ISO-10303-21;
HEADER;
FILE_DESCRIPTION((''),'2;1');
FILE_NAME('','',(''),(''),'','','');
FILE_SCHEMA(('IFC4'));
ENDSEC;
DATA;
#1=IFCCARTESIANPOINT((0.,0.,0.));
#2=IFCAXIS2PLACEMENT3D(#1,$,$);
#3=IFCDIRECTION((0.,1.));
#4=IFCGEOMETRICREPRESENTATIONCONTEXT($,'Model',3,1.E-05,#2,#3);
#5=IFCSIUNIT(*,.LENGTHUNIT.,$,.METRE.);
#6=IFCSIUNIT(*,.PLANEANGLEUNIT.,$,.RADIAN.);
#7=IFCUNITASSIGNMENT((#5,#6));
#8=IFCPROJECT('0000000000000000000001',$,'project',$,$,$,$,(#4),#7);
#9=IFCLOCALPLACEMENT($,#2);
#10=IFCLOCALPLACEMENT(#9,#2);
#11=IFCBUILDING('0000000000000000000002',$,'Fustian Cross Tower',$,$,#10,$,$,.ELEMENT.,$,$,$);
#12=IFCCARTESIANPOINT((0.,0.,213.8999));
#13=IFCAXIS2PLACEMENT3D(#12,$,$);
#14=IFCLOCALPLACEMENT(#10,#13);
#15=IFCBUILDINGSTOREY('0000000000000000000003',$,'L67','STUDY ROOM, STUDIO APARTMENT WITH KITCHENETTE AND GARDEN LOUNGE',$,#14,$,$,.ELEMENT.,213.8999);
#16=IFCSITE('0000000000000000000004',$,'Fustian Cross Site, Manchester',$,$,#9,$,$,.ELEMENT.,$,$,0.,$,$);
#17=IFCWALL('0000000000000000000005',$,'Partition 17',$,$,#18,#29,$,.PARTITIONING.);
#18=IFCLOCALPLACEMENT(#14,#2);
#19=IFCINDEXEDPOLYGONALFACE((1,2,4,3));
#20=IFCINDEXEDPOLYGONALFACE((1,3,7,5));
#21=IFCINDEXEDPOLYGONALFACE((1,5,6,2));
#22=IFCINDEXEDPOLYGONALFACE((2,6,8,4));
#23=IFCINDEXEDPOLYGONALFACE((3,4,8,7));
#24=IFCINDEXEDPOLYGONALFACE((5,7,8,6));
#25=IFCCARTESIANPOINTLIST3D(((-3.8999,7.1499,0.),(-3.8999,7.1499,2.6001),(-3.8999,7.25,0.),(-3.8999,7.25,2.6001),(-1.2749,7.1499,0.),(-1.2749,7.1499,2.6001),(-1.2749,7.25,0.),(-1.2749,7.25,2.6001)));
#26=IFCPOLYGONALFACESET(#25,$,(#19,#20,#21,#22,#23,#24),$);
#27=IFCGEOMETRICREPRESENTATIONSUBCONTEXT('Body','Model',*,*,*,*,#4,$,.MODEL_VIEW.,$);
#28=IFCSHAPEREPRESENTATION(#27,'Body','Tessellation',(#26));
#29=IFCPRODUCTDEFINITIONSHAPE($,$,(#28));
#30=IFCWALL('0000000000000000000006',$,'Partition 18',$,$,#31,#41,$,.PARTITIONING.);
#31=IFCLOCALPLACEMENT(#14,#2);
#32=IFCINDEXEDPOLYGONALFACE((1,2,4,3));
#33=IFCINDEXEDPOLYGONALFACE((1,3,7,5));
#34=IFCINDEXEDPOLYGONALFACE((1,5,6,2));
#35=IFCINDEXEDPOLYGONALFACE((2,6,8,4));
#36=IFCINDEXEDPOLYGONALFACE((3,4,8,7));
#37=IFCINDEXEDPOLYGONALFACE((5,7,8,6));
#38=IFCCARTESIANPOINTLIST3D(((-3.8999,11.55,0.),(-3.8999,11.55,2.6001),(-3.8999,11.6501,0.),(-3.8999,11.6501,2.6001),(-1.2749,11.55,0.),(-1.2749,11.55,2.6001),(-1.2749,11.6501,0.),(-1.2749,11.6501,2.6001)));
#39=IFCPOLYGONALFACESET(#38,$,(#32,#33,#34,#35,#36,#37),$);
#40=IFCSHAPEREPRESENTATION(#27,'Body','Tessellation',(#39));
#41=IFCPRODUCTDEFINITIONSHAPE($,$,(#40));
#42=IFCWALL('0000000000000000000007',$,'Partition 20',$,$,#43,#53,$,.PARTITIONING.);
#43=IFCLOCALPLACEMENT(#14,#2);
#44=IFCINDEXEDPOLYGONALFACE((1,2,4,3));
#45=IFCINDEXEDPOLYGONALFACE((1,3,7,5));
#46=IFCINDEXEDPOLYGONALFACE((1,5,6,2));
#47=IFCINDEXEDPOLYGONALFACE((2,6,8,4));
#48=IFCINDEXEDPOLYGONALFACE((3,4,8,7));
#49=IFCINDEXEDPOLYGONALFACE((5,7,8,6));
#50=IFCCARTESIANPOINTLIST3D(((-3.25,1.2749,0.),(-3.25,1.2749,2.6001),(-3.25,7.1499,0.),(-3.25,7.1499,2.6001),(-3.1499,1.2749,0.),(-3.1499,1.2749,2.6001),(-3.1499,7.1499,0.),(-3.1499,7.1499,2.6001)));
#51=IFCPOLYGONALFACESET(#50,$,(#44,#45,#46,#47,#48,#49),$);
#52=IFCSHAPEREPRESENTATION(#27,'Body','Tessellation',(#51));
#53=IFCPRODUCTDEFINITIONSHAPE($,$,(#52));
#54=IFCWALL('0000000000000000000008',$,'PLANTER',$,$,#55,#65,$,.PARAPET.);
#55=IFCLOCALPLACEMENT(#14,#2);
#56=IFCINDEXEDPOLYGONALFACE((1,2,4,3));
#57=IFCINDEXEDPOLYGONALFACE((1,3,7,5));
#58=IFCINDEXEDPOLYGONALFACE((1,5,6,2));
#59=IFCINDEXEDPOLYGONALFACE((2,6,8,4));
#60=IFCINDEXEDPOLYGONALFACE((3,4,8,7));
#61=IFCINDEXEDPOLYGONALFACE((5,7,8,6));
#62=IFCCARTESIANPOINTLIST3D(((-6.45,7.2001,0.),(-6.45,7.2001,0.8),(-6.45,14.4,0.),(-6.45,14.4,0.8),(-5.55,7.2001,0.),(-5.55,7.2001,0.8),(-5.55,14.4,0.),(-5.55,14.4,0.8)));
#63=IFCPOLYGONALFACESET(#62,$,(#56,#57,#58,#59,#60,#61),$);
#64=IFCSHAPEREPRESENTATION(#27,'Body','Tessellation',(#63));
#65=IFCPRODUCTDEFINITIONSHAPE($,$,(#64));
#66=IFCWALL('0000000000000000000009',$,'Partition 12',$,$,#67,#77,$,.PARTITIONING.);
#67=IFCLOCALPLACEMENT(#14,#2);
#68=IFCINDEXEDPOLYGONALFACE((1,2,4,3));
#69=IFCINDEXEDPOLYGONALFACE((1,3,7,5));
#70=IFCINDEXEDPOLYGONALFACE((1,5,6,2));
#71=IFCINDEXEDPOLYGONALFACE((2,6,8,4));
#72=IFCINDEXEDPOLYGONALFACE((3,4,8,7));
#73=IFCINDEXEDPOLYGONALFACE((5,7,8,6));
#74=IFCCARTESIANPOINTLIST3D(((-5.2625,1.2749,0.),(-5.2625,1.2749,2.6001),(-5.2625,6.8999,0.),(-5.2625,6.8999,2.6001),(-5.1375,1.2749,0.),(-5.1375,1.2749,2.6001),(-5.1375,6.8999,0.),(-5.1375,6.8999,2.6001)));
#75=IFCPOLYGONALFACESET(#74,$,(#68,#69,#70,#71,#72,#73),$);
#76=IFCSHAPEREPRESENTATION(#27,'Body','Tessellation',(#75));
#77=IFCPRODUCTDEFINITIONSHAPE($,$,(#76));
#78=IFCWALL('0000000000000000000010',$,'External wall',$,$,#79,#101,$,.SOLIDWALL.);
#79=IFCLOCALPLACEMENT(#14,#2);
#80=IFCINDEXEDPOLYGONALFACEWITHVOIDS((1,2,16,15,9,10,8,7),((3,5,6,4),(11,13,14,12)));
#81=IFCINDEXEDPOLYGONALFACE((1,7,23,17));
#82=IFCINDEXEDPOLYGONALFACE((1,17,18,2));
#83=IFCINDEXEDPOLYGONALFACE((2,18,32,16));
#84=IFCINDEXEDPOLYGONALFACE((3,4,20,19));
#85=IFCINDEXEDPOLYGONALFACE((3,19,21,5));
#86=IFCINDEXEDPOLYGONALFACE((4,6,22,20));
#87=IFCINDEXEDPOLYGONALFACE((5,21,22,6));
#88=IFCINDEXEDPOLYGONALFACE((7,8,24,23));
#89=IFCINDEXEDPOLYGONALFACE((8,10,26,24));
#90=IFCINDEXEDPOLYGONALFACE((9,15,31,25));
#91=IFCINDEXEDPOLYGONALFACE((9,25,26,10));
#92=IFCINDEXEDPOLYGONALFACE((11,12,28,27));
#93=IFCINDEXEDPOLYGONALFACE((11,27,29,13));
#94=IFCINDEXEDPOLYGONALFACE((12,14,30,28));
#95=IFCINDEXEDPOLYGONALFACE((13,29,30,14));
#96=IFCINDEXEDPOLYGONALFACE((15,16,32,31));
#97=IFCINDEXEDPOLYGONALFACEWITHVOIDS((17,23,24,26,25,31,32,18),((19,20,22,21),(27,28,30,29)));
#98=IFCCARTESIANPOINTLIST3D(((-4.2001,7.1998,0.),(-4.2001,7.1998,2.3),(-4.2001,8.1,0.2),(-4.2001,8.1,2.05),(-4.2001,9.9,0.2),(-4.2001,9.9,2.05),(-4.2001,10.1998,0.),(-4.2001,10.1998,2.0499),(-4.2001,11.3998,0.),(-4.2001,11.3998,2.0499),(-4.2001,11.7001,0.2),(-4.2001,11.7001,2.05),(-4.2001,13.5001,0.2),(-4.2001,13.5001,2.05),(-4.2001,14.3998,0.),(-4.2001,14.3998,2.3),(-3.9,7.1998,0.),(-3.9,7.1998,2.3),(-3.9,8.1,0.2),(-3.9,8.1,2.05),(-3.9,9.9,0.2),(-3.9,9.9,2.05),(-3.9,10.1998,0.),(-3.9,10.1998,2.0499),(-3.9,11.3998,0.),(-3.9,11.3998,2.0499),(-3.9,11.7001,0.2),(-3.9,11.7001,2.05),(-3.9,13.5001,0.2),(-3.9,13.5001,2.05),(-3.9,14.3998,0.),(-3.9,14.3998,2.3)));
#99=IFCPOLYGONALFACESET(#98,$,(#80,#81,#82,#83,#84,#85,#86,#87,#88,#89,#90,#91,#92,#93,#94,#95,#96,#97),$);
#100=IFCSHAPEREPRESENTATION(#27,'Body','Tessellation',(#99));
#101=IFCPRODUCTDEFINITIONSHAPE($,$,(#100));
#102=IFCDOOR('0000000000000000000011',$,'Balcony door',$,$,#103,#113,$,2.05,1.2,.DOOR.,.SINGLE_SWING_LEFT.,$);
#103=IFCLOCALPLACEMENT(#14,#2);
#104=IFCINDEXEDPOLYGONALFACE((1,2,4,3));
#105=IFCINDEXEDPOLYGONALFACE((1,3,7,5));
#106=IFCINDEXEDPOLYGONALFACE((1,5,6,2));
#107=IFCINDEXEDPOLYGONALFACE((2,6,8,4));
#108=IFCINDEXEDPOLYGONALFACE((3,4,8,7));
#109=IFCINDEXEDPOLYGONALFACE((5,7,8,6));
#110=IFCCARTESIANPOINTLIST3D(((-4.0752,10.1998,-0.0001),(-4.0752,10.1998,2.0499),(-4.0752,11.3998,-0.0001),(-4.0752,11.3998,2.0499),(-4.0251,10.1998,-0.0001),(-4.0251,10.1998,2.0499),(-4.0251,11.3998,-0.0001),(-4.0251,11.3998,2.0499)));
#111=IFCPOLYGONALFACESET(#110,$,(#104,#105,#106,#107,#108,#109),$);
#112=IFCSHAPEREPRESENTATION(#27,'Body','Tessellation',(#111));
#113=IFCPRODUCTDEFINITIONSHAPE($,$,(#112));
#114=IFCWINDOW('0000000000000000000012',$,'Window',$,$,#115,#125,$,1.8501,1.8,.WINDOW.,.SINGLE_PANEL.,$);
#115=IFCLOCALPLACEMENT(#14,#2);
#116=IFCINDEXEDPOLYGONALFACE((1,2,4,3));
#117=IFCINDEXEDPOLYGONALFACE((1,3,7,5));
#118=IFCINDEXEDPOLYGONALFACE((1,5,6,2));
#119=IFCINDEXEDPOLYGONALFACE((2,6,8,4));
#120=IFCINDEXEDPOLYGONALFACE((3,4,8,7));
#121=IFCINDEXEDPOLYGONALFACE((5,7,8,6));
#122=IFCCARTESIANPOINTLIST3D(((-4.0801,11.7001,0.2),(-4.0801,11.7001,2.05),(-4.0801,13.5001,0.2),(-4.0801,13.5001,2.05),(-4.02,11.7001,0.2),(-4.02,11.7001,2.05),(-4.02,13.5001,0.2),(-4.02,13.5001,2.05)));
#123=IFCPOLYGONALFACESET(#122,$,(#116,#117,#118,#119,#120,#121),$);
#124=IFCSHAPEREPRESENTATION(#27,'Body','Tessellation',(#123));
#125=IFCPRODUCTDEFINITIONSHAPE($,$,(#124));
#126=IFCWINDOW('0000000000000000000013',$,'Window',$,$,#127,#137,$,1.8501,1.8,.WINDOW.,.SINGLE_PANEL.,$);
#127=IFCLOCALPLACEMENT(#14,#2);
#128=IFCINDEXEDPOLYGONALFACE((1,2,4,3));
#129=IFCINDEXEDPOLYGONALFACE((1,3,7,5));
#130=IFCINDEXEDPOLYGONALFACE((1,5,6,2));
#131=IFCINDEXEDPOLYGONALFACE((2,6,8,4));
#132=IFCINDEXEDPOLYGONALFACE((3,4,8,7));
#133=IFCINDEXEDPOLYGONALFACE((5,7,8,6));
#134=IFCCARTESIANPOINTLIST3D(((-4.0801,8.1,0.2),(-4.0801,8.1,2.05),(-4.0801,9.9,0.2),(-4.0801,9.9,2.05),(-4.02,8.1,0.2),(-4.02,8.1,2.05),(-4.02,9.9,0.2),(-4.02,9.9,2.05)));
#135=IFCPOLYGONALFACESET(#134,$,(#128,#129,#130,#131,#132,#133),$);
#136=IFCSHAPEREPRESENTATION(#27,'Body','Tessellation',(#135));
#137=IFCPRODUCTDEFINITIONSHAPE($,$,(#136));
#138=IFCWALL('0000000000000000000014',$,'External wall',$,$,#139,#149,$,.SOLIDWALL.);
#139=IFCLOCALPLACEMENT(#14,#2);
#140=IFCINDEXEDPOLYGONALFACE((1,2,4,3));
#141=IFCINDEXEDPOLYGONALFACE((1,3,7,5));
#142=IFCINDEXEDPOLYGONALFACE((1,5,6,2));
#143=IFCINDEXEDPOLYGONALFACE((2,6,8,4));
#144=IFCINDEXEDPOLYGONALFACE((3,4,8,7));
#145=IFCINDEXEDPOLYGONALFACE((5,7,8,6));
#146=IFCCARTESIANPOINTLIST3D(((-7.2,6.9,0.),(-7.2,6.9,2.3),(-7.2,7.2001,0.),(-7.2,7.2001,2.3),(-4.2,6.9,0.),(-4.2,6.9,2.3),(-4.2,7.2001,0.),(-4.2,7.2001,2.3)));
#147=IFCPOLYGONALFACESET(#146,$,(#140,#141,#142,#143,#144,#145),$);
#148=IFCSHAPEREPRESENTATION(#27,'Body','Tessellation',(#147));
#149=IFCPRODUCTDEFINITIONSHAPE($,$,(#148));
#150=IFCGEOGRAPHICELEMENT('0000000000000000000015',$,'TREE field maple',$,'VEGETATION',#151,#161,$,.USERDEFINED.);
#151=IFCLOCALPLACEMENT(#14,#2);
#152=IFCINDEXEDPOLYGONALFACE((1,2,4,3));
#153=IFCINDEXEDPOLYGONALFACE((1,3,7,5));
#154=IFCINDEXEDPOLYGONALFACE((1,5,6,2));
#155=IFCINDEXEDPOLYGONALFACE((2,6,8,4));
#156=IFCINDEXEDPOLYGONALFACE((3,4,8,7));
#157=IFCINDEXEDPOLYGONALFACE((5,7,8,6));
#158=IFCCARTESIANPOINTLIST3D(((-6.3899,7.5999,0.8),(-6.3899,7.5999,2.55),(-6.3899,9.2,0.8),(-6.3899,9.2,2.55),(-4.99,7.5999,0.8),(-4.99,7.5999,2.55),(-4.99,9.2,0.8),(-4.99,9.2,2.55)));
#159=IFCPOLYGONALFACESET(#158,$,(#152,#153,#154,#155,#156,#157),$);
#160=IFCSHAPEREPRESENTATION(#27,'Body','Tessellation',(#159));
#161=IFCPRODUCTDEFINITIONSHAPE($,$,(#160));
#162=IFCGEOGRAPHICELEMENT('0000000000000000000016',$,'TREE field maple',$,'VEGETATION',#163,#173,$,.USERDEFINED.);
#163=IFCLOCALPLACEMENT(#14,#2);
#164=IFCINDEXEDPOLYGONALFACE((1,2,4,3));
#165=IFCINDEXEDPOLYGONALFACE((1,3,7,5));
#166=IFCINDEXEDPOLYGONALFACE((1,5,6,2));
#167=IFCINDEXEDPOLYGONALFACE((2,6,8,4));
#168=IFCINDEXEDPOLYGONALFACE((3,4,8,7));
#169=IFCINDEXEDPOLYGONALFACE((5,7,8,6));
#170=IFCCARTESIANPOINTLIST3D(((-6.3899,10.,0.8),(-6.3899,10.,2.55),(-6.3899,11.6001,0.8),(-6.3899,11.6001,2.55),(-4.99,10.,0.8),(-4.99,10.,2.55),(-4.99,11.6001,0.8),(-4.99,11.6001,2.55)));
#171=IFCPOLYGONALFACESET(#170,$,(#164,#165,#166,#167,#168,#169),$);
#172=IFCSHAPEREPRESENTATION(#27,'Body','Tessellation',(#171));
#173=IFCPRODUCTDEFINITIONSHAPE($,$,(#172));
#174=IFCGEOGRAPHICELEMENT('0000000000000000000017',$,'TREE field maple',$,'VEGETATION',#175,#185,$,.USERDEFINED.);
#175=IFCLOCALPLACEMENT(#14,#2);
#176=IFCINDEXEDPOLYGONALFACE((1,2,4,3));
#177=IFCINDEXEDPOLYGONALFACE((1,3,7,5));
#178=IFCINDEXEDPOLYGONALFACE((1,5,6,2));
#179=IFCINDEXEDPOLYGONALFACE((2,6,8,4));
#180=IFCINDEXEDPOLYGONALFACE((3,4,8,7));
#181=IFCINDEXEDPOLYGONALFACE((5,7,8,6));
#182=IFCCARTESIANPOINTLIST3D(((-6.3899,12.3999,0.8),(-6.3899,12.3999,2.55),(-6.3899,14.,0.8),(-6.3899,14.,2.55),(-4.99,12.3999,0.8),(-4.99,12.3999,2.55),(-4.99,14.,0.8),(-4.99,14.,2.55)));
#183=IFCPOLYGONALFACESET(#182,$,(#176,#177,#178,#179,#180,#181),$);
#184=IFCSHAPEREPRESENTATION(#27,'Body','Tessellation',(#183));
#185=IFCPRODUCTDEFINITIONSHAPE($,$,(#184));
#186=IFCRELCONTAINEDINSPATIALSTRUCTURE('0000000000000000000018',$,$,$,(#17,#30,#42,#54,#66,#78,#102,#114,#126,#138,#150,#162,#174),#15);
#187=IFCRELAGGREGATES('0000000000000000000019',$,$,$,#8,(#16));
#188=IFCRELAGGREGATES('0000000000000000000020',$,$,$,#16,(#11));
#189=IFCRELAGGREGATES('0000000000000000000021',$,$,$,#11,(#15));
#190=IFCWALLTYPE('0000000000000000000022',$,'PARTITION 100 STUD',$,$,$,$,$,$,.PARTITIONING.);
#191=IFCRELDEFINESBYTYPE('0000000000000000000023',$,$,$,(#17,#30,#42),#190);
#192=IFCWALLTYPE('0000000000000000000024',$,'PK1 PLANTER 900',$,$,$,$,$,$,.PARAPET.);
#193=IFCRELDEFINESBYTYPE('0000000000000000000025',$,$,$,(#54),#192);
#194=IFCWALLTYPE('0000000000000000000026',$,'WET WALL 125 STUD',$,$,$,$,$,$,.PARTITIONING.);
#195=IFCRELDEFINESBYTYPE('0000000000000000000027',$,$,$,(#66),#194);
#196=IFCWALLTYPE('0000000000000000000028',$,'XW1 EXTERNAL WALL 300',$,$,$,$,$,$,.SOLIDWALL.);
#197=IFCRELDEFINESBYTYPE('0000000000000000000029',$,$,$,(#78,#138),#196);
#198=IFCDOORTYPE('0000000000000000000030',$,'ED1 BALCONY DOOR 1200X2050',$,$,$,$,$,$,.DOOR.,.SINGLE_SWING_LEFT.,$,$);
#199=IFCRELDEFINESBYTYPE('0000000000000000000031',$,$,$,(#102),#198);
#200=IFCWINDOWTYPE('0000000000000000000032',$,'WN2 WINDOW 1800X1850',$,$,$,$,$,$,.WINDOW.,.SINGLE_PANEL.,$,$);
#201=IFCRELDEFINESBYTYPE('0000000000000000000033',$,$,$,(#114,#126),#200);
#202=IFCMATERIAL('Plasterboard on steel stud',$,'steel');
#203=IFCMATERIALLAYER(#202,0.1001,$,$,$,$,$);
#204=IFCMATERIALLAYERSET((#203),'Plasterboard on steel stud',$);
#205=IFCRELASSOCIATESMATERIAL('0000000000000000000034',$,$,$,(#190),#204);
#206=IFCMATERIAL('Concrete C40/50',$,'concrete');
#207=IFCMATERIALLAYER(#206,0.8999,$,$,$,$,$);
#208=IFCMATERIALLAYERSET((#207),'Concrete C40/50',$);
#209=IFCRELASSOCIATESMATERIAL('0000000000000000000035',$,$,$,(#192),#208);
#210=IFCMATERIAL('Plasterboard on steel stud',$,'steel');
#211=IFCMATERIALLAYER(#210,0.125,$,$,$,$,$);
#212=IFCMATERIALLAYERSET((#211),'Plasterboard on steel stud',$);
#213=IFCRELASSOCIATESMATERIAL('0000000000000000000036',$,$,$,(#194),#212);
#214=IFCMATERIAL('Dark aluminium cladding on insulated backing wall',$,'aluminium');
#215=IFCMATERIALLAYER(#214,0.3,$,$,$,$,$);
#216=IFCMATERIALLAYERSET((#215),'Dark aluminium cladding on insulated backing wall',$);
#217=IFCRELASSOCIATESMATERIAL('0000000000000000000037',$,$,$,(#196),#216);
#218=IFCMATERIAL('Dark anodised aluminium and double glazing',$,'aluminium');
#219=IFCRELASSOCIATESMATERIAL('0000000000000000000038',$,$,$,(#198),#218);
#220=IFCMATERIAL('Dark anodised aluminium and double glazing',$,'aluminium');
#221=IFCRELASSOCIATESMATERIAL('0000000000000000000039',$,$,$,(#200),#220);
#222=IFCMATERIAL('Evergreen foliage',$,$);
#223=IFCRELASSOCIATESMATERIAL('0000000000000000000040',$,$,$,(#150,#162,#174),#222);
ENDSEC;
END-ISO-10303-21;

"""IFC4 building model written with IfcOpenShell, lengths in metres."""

from ifc_helpers import new_model, si_unit, direction, frame, frame_2d, origin, origin_2d, place, context, subcontext, project, spatial, rectangle, extrude, material, layer, layer_set, type_object, element, fill, save


model = new_model("IFC4")

# Units and contexts
model_context = context("Model", 3, precision=1e-05, world=origin(), true_north=direction((0.0, 1.0)))
body_context = subcontext(model_context, "Body", "Model", "MODEL_VIEW")
ifc_project = project(units=[si_unit("LENGTHUNIT", "METRE"), si_unit("PLANEANGLEUNIT", "RADIAN")], contexts=[model_context])

# Site, building, storey
site_placement = place(None, origin())
site = spatial("IfcSite", under=ifc_project, at=site_placement, Name="Fustian Cross Site, Manchester", CompositionType="ELEMENT", RefElevation=0.0)
building_placement = place(site_placement, origin())
building = spatial("IfcBuilding", under=site, at=building_placement, Name="Fustian Cross Tower", CompositionType="ELEMENT")
storey_placement = place(building_placement, frame((0.0, 0.0, 213.8999)))
storey = spatial("IfcBuildingStorey", under=building, at=storey_placement, Name="L67", Description="STUDY ROOM, STUDIO APARTMENT WITH KITCHENETTE AND GARDEN LOUNGE", CompositionType="ELEMENT", Elevation=213.8999)

# Walls
ifc_material_1 = material(Name="Plasterboard on steel stud", Category="steel")
ifc_layer_1 = layer(ifc_material_1, 0.1001)
ifc_layer_set_1 = layer_set([ifc_layer_1], Name="Plasterboard on steel stud")
wall_type_1 = type_object("IfcWallType", Name="PARTITION 100 STUD", PredefinedType="PARTITIONING", material=ifc_layer_set_1)
for number, where, z_axis, x_axis, name in (
    (1, (-3.8999, 7.2, 0.0), (0.0, 0.0, 1.0), (1.0, 0.0, 0.0), "Partition 17"),
    (2, (-3.8999, 11.6001, 0.0), (0.0, 0.0, 1.0), (1.0, 0.0, 0.0), "Partition 18"),
):
    element("IfcWall", number, at=place(storey_placement, frame(where, z_axis=z_axis, x_axis=x_axis)), inside=storey, type_object=wall_type_1, Name=name, PredefinedType="PARTITIONING", context=body_context, shape_type="SweptSolid", body=[
        extrude(rectangle(XDim=2.625, YDim=0.1001, at=frame_2d((1.3125, 0.0))), origin(), (0.0, 0.0, 1.0), 2.6001),
    ])
wall_1_placement = place(storey_placement, frame((-3.2, 1.2749, 0.0), z_axis=(0.0, 0.0, 1.0), x_axis=(0.0, 1.0, 0.0)))
element("IfcWall", 3, at=wall_1_placement, inside=storey, type_object=wall_type_1, Name="Partition 20", PredefinedType="PARTITIONING", context=body_context, shape_type="SweptSolid", body=[
    extrude(rectangle(XDim=5.875, YDim=0.1001, at=frame_2d((2.9375, 0.0))), origin(), (0.0, 0.0, 1.0), 2.6001),
])
ifc_material_2 = material(Name="Concrete C40/50", Category="concrete")
ifc_layer_2 = layer(ifc_material_2, 0.8999)
ifc_layer_set_2 = layer_set([ifc_layer_2], Name="Concrete C40/50")
wall_type_2 = type_object("IfcWallType", Name="PK1 PLANTER 900", PredefinedType="PARAPET", material=ifc_layer_set_2)
wall_2_placement = place(storey_placement, frame((-6.0, 7.2, 0.0), z_axis=(0.0, 0.0, 1.0), x_axis=(0.0, 1.0, 0.0)))
element("IfcWall", 4, at=wall_2_placement, inside=storey, type_object=wall_type_2, Name="PLANTER", PredefinedType="PARAPET", context=body_context, shape_type="SweptSolid", body=[
    extrude(rectangle(XDim=7.2, YDim=0.8999, at=frame_2d((3.6001, 0.0))), origin(), (0.0, 0.0, 1.0), 0.8),
])
ifc_material_3 = material(Name="Plasterboard on steel stud", Category="steel")
ifc_layer_3 = layer(ifc_material_3, 0.125)
ifc_layer_set_3 = layer_set([ifc_layer_3], Name="Plasterboard on steel stud")
wall_type_3 = type_object("IfcWallType", Name="WET WALL 125 STUD", PredefinedType="PARTITIONING", material=ifc_layer_set_3)
wall_3_placement = place(storey_placement, frame((-5.2, 1.2749, 0.0), z_axis=(0.0, 0.0, 1.0), x_axis=(0.0, 1.0, 0.0)))
element("IfcWall", 5, at=wall_3_placement, inside=storey, type_object=wall_type_3, Name="Partition 12", PredefinedType="PARTITIONING", context=body_context, shape_type="SweptSolid", body=[
    extrude(rectangle(XDim=5.625, YDim=0.125, at=frame_2d((2.8125, 0.0))), origin(), (0.0, 0.0, 1.0), 2.6001),
])

# Wall, openings, door, windows
ifc_material_4 = material(Name="Dark aluminium cladding on insulated backing wall", Category="aluminium")
ifc_layer_4 = layer(ifc_material_4, 0.3)
ifc_layer_set_4 = layer_set([ifc_layer_4], Name="Dark aluminium cladding on insulated backing wall")
wall_type_4 = type_object("IfcWallType", Name="XW1 EXTERNAL WALL 300", PredefinedType="SOLIDWALL", material=ifc_layer_set_4)
wall_4_placement = place(storey_placement, frame((-4.05, 14.3999, 0.0), z_axis=(0.0, 0.0, 1.0), x_axis=(0.0, -1.0, 0.0)))
wall_4 = element("IfcWall", 6, at=wall_4_placement, inside=storey, type_object=wall_type_4, Name="External wall", PredefinedType="SOLIDWALL", context=body_context, shape_type="SweptSolid", body=[
    extrude(rectangle(XDim=7.2, YDim=0.3, at=frame_2d((3.6001, 0.0))), origin(), (0.0, 0.0, 1.0), 2.3),
])
opening_1_placement = place(wall_4_placement, frame((3.0, 0.0, 0.0)))
opening_1 = element("IfcOpeningElement", 7, at=opening_1_placement, cuts=wall_4, PredefinedType="OPENING", context=body_context, shape_type="SweptSolid", body=[
    extrude(rectangle(XDim=1.2, YDim=2.05, at=frame_2d((0.6001, 1.0249))), frame((0.0, 0.1599, 0.0), z_axis=(0.0, -1.0, 0.0), x_axis=(1.0, 0.0, 0.0)), (0.0, 0.0, 1.0), 0.3201),
])
opening_2_placement = place(wall_4_placement, frame((0.8999, 0.0, 0.2)))
opening_2 = element("IfcOpeningElement", 8, at=opening_2_placement, cuts=wall_4, PredefinedType="OPENING", context=body_context, shape_type="SweptSolid", body=[
    extrude(rectangle(XDim=1.8, YDim=1.8501, at=frame_2d((0.8999, 0.925))), frame((0.0, 0.1599, 0.0), z_axis=(0.0, -1.0, 0.0), x_axis=(1.0, 0.0, 0.0)), (0.0, 0.0, 1.0), 0.3201),
])
opening_3_placement = place(wall_4_placement, frame((4.5, 0.0, 0.2)))
opening_3 = element("IfcOpeningElement", 9, at=opening_3_placement, cuts=wall_4, PredefinedType="OPENING", context=body_context, shape_type="SweptSolid", body=[
    extrude(rectangle(XDim=1.8, YDim=1.8501, at=frame_2d((0.8999, 0.925))), frame((0.0, 0.1599, 0.0), z_axis=(0.0, -1.0, 0.0), x_axis=(1.0, 0.0, 0.0)), (0.0, 0.0, 1.0), 0.3201),
])
ifc_material_5 = material(Name="Dark anodised aluminium and double glazing", Category="aluminium")
door_type_1 = type_object("IfcDoorType", Name="ED1 BALCONY DOOR 1200X2050", OperationType="SINGLE_SWING_LEFT", PredefinedType="DOOR", material=ifc_material_5)
door_1_placement = place(opening_1_placement, origin())
door_1 = element("IfcDoor", 10, at=door_1_placement, inside=storey, type_object=door_type_1, Name="Balcony door", OperationType="SINGLE_SWING_LEFT", OverallHeight=2.05, OverallWidth=1.2, PredefinedType="DOOR", context=body_context, shape_type="SweptSolid", body=[
    extrude(rectangle(XDim=1.2, YDim=2.05, at=frame_2d((0.6001, 1.0249))), frame((0.0, 0.0249, 0.0), z_axis=(0.0, -1.0, 0.0), x_axis=(1.0, 0.0, 0.0)), (0.0, 0.0, 1.0), 0.05),
])
fill(opening_1, door_1)
ifc_material_6 = material(Name="Dark anodised aluminium and double glazing", Category="aluminium")
window_type = type_object("IfcWindowType", Name="WN2 WINDOW 1800X1850", PartitioningType="SINGLE_PANEL", PredefinedType="WINDOW", material=ifc_material_6)
window_1_placement = place(opening_2_placement, origin())
window_1 = element("IfcWindow", 11, at=window_1_placement, inside=storey, type_object=window_type, Name="Window", OverallHeight=1.8501, OverallWidth=1.8, PartitioningType="SINGLE_PANEL", PredefinedType="WINDOW", context=body_context, shape_type="SweptSolid", body=[
    extrude(rectangle(XDim=1.8, YDim=1.8501, at=frame_2d((0.8999, 0.925))), frame((0.0, 0.03, 0.0), z_axis=(0.0, -1.0, 0.0), x_axis=(1.0, 0.0, 0.0)), (0.0, 0.0, 1.0), 0.0601),
])
fill(opening_2, window_1)
window_2_placement = place(opening_3_placement, origin())
window_2 = element("IfcWindow", 12, at=window_2_placement, inside=storey, type_object=window_type, Name="Window", OverallHeight=1.8501, OverallWidth=1.8, PartitioningType="SINGLE_PANEL", PredefinedType="WINDOW", context=body_context, shape_type="SweptSolid", body=[
    extrude(rectangle(XDim=1.8, YDim=1.8501, at=frame_2d((0.8999, 0.925))), frame((0.0, 0.03, 0.0), z_axis=(0.0, -1.0, 0.0), x_axis=(1.0, 0.0, 0.0)), (0.0, 0.0, 1.0), 0.0601),
])
fill(opening_3, window_2)

# Wall
wall_5_placement = place(storey_placement, frame((-4.2, 7.05, 0.0), z_axis=(0.0, 0.0, 1.0), x_axis=(-1.0, 0.0, 0.0)))
element("IfcWall", 13, at=wall_5_placement, inside=storey, type_object=wall_type_4, Name="External wall", PredefinedType="SOLIDWALL", context=body_context, shape_type="SweptSolid", body=[
    extrude(rectangle(XDim=3.0, YDim=0.3, at=frame_2d((1.5, 0.0))), origin(), (0.0, 0.0, 1.0), 2.3),
])

# Geographic elements
ifc_material_7 = material(Name="Evergreen foliage")
for number, where, z_axis, x_axis, name in (
    (14, (-5.6899, 8.3999, 0.8), (0.0, 0.0, 1.0), (1.0, 0.0, 0.0), "TREE field maple"),
    (15, (-5.6899, 10.8, 0.8), (0.0, 0.0, 1.0), (1.0, 0.0, 0.0), "TREE field maple"),
    (16, (-5.6899, 13.2, 0.8), (0.0, 0.0, 1.0), (1.0, 0.0, 0.0), "TREE field maple"),
):
    element("IfcGeographicElement", number, at=place(storey_placement, frame(where, z_axis=z_axis, x_axis=x_axis)), inside=storey, material=ifc_material_7, Name=name, ObjectType="VEGETATION", PredefinedType="USERDEFINED", context=body_context, shape_type="SweptSolid", body=[
        extrude(rectangle(XDim=1.3999, YDim=1.6001, at=origin_2d()), origin(), (0.0, 0.0, 1.0), 1.75),
    ])

save(model, "model.ifc")
